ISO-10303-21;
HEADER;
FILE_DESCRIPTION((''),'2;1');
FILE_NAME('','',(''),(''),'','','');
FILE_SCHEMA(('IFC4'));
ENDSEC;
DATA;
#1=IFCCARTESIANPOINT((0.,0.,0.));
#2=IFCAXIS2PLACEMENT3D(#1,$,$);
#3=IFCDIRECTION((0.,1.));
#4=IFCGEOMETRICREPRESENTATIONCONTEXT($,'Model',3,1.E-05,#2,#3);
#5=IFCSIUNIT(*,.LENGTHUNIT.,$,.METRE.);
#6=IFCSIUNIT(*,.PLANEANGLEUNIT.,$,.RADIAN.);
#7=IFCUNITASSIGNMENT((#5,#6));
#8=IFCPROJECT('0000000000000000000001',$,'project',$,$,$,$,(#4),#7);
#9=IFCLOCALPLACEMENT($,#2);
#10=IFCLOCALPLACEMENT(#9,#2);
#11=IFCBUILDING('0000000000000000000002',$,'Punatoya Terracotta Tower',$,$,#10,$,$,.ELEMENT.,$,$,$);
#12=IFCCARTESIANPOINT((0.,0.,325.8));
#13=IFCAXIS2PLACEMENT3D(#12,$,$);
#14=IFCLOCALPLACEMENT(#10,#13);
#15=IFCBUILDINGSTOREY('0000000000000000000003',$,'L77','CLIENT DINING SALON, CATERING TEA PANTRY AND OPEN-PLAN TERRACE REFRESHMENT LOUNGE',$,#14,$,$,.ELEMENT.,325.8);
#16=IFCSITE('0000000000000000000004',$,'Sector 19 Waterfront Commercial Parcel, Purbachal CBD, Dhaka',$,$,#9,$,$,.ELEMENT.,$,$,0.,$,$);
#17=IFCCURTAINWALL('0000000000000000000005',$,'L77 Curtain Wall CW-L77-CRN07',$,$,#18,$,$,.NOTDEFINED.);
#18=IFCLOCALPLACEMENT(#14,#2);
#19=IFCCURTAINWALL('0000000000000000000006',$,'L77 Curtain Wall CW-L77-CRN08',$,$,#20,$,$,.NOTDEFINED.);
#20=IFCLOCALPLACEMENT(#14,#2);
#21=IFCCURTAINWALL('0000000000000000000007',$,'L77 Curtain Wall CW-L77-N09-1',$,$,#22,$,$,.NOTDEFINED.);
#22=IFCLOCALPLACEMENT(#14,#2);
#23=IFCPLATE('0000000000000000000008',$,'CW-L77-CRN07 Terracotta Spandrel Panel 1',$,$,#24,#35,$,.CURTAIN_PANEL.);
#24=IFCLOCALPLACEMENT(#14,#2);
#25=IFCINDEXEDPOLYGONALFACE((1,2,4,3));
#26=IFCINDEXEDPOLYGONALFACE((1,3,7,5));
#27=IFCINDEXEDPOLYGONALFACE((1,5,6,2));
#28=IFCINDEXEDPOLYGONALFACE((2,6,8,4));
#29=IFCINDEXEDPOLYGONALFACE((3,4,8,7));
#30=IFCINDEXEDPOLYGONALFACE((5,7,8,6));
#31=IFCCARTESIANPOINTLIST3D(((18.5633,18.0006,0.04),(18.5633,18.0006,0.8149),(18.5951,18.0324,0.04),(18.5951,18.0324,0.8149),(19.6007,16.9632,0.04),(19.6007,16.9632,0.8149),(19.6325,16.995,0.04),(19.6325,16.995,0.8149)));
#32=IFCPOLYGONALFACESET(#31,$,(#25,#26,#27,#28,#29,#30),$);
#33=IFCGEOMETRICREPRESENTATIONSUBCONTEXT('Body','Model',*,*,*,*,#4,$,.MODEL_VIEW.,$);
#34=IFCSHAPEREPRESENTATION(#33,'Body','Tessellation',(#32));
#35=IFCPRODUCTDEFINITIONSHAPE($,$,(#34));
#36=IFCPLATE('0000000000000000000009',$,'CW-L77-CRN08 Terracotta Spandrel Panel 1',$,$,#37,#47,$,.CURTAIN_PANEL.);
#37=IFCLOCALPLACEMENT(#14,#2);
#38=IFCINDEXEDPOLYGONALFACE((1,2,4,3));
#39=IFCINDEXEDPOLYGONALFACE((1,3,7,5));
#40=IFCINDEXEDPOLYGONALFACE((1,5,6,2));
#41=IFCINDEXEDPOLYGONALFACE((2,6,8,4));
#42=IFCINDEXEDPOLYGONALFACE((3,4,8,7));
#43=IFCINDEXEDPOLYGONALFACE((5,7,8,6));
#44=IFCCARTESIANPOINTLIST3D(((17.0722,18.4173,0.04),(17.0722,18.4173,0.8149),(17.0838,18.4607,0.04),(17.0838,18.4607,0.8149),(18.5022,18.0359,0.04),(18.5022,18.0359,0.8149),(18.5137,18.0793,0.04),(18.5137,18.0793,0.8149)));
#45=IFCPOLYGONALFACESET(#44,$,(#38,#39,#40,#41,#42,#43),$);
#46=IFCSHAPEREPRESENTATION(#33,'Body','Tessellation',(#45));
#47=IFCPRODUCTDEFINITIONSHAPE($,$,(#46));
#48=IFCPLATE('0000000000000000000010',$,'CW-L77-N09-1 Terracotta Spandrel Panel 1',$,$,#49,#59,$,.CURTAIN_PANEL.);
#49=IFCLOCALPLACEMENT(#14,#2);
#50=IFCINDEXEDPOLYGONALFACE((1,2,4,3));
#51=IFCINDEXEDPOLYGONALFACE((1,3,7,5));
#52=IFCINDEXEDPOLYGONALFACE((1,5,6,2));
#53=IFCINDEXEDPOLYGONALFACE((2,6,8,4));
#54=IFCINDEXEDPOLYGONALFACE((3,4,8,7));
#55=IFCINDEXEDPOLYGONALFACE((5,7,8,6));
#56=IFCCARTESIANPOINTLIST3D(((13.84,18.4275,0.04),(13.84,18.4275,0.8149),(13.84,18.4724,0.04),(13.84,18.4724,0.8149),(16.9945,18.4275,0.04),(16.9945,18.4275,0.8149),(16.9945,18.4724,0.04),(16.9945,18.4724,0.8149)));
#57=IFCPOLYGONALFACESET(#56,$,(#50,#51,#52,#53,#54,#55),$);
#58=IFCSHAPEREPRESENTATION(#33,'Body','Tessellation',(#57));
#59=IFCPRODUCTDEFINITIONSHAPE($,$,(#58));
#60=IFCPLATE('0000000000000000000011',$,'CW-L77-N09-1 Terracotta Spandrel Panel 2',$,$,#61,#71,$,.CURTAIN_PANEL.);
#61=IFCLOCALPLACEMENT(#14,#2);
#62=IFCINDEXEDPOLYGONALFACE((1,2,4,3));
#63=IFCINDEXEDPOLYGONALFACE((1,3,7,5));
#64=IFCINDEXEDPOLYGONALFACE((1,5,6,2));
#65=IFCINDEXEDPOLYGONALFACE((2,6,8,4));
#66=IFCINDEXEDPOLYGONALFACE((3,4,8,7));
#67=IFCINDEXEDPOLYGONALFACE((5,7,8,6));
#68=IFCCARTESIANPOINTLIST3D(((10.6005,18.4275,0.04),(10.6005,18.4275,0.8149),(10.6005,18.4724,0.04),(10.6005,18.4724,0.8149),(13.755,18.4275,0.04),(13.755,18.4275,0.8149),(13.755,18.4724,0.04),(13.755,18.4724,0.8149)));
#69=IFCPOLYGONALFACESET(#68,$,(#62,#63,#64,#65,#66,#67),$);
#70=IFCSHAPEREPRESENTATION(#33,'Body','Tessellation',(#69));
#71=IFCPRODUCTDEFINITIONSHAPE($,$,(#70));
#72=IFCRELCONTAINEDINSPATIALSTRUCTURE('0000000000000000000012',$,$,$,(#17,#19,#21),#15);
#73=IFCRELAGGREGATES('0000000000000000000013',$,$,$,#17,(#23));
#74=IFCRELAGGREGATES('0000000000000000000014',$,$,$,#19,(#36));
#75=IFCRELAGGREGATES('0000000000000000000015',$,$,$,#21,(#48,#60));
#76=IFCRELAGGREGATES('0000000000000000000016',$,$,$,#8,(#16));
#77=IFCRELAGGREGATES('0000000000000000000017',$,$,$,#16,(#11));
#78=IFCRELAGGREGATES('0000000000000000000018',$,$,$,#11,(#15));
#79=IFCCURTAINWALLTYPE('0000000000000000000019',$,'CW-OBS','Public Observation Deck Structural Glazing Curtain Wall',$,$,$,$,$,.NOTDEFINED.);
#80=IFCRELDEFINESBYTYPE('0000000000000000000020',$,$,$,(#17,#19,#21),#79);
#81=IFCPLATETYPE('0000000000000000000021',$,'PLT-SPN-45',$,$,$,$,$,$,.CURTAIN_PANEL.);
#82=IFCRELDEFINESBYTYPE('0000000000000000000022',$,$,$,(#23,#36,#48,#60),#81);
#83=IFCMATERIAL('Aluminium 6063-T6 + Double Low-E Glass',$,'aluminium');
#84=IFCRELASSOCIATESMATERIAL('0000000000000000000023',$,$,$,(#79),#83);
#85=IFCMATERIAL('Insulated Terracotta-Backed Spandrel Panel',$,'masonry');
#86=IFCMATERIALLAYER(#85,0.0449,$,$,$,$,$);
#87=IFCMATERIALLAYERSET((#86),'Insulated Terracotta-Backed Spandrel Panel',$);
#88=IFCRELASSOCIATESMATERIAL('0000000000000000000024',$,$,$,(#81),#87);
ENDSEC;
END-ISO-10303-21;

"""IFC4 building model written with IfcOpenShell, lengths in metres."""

from ifc_helpers import new_model, si_unit, direction, frame, origin, origin_2d, place, context, subcontext, project, spatial, rectangle, extrude, material, layer, layer_set, type_object, element, aggregate, save


model = new_model("IFC4")

# Units and contexts
model_context = context("Model", 3, precision=1e-05, world=origin(), true_north=direction((0.0, 1.0)))
body_context = subcontext(model_context, "Body", "Model", "MODEL_VIEW")
ifc_project = project(units=[si_unit("LENGTHUNIT", "METRE"), si_unit("PLANEANGLEUNIT", "RADIAN")], contexts=[model_context])

# Site, building, storey
site_placement = place(None, origin())
site = spatial("IfcSite", under=ifc_project, at=site_placement, Name="Sector 19 Waterfront Commercial Parcel, Purbachal CBD, Dhaka", CompositionType="ELEMENT", RefElevation=0.0)
building_placement = place(site_placement, origin())
building = spatial("IfcBuilding", under=site, at=building_placement, Name="Punatoya Terracotta Tower", CompositionType="ELEMENT")
storey_placement = place(building_placement, frame((0.0, 0.0, 325.8)))
storey = spatial("IfcBuildingStorey", under=building, at=storey_placement, Name="L77", Description="CLIENT DINING SALON, CATERING TEA PANTRY AND OPEN-PLAN TERRACE REFRESHMENT LOUNGE", CompositionType="ELEMENT", Elevation=325.8)

# Shared definitions
ifc_material_1 = material(Name="Aluminium 6063-T6 + Double Low-E Glass", Category="aluminium")
curtain_wall_type = type_object("IfcCurtainWallType", Name="CW-OBS", Description="Public Observation Deck Structural Glazing Curtain Wall", PredefinedType="NOTDEFINED", material=ifc_material_1)

# Curtain walls
curtain_wall_1_placement = place(storey_placement, origin())
curtain_wall_1 = element("IfcCurtainWall", 1, at=curtain_wall_1_placement, inside=storey, type_object=curtain_wall_type, Name="L77 Curtain Wall CW-L77-CRN07", PredefinedType="NOTDEFINED")
curtain_wall_2_placement = place(storey_placement, origin())
curtain_wall_2 = element("IfcCurtainWall", 2, at=curtain_wall_2_placement, inside=storey, type_object=curtain_wall_type, Name="L77 Curtain Wall CW-L77-CRN08", PredefinedType="NOTDEFINED")
curtain_wall_3_placement = place(storey_placement, origin())
curtain_wall_3 = element("IfcCurtainWall", 3, at=curtain_wall_3_placement, inside=storey, type_object=curtain_wall_type, Name="L77 Curtain Wall CW-L77-N09-1", PredefinedType="NOTDEFINED")

# Plates
ifc_material_2 = material(Name="Insulated Terracotta-Backed Spandrel Panel", Category="masonry")
ifc_layer_1 = layer(ifc_material_2, 0.0449)
ifc_layer_set_1 = layer_set([ifc_layer_1], Name="Insulated Terracotta-Backed Spandrel Panel")
plate_type_1 = type_object("IfcPlateType", Name="PLT-SPN-45", PredefinedType="CURTAIN_PANEL", material=ifc_layer_set_1)
plate_1_placement = place(storey_placement, frame((19.0979, 17.4978, 0.04), z_axis=(0.0, 0.0, 1.0), x_axis=(-0.707107, 0.707107, 0.0)))
plate_1 = element("IfcPlate", 4, at=plate_1_placement, type_object=plate_type_1, Name="CW-L77-CRN07 Terracotta Spandrel Panel 1", PredefinedType="CURTAIN_PANEL", context=body_context, shape_type="SweptSolid", body=[
    extrude(rectangle(XDim=1.467, YDim=0.0449, at=origin_2d()), origin(), (0.0, 0.0, 1.0), 0.7749),
])
aggregate(curtain_wall_1, [plate_1])
plate_2_placement = place(storey_placement, frame((17.793, 18.2483, 0.04), z_axis=(0.0, 0.0, 1.0), x_axis=(-0.966214, 0.257742, 0.0)))
plate_2 = element("IfcPlate", 5, at=plate_2_placement, type_object=plate_type_1, Name="CW-L77-CRN08 Terracotta Spandrel Panel 1", PredefinedType="CURTAIN_PANEL", context=body_context, shape_type="SweptSolid", body=[
    extrude(rectangle(XDim=1.48, YDim=0.0449, at=origin_2d()), origin(), (0.0, 0.0, 1.0), 0.7749),
])
aggregate(curtain_wall_2, [plate_2])
plate_3_placement = place(storey_placement, frame((15.4172, 18.45, 0.04), z_axis=(0.0, 0.0, 1.0), x_axis=(-1.0, 0.0, 0.0)))
plate_3 = element("IfcPlate", 6, at=plate_3_placement, type_object=plate_type_1, Name="CW-L77-N09-1 Terracotta Spandrel Panel 1", PredefinedType="CURTAIN_PANEL", context=body_context, shape_type="SweptSolid", body=[
    extrude(rectangle(XDim=3.1545, YDim=0.0449, at=origin_2d()), origin(), (0.0, 0.0, 1.0), 0.7749),
])
plate_4_placement = place(storey_placement, frame((12.1777, 18.45, 0.04), z_axis=(0.0, 0.0, 1.0), x_axis=(-1.0, 0.0, 0.0)))
plate_4 = element("IfcPlate", 7, at=plate_4_placement, type_object=plate_type_1, Name="CW-L77-N09-1 Terracotta Spandrel Panel 2", PredefinedType="CURTAIN_PANEL", context=body_context, shape_type="SweptSolid", body=[
    extrude(rectangle(XDim=3.1545, YDim=0.0449, at=origin_2d()), origin(), (0.0, 0.0, 1.0), 0.7749),
])
aggregate(curtain_wall_3, [plate_3, plate_4])

save(model, "model.ifc")
